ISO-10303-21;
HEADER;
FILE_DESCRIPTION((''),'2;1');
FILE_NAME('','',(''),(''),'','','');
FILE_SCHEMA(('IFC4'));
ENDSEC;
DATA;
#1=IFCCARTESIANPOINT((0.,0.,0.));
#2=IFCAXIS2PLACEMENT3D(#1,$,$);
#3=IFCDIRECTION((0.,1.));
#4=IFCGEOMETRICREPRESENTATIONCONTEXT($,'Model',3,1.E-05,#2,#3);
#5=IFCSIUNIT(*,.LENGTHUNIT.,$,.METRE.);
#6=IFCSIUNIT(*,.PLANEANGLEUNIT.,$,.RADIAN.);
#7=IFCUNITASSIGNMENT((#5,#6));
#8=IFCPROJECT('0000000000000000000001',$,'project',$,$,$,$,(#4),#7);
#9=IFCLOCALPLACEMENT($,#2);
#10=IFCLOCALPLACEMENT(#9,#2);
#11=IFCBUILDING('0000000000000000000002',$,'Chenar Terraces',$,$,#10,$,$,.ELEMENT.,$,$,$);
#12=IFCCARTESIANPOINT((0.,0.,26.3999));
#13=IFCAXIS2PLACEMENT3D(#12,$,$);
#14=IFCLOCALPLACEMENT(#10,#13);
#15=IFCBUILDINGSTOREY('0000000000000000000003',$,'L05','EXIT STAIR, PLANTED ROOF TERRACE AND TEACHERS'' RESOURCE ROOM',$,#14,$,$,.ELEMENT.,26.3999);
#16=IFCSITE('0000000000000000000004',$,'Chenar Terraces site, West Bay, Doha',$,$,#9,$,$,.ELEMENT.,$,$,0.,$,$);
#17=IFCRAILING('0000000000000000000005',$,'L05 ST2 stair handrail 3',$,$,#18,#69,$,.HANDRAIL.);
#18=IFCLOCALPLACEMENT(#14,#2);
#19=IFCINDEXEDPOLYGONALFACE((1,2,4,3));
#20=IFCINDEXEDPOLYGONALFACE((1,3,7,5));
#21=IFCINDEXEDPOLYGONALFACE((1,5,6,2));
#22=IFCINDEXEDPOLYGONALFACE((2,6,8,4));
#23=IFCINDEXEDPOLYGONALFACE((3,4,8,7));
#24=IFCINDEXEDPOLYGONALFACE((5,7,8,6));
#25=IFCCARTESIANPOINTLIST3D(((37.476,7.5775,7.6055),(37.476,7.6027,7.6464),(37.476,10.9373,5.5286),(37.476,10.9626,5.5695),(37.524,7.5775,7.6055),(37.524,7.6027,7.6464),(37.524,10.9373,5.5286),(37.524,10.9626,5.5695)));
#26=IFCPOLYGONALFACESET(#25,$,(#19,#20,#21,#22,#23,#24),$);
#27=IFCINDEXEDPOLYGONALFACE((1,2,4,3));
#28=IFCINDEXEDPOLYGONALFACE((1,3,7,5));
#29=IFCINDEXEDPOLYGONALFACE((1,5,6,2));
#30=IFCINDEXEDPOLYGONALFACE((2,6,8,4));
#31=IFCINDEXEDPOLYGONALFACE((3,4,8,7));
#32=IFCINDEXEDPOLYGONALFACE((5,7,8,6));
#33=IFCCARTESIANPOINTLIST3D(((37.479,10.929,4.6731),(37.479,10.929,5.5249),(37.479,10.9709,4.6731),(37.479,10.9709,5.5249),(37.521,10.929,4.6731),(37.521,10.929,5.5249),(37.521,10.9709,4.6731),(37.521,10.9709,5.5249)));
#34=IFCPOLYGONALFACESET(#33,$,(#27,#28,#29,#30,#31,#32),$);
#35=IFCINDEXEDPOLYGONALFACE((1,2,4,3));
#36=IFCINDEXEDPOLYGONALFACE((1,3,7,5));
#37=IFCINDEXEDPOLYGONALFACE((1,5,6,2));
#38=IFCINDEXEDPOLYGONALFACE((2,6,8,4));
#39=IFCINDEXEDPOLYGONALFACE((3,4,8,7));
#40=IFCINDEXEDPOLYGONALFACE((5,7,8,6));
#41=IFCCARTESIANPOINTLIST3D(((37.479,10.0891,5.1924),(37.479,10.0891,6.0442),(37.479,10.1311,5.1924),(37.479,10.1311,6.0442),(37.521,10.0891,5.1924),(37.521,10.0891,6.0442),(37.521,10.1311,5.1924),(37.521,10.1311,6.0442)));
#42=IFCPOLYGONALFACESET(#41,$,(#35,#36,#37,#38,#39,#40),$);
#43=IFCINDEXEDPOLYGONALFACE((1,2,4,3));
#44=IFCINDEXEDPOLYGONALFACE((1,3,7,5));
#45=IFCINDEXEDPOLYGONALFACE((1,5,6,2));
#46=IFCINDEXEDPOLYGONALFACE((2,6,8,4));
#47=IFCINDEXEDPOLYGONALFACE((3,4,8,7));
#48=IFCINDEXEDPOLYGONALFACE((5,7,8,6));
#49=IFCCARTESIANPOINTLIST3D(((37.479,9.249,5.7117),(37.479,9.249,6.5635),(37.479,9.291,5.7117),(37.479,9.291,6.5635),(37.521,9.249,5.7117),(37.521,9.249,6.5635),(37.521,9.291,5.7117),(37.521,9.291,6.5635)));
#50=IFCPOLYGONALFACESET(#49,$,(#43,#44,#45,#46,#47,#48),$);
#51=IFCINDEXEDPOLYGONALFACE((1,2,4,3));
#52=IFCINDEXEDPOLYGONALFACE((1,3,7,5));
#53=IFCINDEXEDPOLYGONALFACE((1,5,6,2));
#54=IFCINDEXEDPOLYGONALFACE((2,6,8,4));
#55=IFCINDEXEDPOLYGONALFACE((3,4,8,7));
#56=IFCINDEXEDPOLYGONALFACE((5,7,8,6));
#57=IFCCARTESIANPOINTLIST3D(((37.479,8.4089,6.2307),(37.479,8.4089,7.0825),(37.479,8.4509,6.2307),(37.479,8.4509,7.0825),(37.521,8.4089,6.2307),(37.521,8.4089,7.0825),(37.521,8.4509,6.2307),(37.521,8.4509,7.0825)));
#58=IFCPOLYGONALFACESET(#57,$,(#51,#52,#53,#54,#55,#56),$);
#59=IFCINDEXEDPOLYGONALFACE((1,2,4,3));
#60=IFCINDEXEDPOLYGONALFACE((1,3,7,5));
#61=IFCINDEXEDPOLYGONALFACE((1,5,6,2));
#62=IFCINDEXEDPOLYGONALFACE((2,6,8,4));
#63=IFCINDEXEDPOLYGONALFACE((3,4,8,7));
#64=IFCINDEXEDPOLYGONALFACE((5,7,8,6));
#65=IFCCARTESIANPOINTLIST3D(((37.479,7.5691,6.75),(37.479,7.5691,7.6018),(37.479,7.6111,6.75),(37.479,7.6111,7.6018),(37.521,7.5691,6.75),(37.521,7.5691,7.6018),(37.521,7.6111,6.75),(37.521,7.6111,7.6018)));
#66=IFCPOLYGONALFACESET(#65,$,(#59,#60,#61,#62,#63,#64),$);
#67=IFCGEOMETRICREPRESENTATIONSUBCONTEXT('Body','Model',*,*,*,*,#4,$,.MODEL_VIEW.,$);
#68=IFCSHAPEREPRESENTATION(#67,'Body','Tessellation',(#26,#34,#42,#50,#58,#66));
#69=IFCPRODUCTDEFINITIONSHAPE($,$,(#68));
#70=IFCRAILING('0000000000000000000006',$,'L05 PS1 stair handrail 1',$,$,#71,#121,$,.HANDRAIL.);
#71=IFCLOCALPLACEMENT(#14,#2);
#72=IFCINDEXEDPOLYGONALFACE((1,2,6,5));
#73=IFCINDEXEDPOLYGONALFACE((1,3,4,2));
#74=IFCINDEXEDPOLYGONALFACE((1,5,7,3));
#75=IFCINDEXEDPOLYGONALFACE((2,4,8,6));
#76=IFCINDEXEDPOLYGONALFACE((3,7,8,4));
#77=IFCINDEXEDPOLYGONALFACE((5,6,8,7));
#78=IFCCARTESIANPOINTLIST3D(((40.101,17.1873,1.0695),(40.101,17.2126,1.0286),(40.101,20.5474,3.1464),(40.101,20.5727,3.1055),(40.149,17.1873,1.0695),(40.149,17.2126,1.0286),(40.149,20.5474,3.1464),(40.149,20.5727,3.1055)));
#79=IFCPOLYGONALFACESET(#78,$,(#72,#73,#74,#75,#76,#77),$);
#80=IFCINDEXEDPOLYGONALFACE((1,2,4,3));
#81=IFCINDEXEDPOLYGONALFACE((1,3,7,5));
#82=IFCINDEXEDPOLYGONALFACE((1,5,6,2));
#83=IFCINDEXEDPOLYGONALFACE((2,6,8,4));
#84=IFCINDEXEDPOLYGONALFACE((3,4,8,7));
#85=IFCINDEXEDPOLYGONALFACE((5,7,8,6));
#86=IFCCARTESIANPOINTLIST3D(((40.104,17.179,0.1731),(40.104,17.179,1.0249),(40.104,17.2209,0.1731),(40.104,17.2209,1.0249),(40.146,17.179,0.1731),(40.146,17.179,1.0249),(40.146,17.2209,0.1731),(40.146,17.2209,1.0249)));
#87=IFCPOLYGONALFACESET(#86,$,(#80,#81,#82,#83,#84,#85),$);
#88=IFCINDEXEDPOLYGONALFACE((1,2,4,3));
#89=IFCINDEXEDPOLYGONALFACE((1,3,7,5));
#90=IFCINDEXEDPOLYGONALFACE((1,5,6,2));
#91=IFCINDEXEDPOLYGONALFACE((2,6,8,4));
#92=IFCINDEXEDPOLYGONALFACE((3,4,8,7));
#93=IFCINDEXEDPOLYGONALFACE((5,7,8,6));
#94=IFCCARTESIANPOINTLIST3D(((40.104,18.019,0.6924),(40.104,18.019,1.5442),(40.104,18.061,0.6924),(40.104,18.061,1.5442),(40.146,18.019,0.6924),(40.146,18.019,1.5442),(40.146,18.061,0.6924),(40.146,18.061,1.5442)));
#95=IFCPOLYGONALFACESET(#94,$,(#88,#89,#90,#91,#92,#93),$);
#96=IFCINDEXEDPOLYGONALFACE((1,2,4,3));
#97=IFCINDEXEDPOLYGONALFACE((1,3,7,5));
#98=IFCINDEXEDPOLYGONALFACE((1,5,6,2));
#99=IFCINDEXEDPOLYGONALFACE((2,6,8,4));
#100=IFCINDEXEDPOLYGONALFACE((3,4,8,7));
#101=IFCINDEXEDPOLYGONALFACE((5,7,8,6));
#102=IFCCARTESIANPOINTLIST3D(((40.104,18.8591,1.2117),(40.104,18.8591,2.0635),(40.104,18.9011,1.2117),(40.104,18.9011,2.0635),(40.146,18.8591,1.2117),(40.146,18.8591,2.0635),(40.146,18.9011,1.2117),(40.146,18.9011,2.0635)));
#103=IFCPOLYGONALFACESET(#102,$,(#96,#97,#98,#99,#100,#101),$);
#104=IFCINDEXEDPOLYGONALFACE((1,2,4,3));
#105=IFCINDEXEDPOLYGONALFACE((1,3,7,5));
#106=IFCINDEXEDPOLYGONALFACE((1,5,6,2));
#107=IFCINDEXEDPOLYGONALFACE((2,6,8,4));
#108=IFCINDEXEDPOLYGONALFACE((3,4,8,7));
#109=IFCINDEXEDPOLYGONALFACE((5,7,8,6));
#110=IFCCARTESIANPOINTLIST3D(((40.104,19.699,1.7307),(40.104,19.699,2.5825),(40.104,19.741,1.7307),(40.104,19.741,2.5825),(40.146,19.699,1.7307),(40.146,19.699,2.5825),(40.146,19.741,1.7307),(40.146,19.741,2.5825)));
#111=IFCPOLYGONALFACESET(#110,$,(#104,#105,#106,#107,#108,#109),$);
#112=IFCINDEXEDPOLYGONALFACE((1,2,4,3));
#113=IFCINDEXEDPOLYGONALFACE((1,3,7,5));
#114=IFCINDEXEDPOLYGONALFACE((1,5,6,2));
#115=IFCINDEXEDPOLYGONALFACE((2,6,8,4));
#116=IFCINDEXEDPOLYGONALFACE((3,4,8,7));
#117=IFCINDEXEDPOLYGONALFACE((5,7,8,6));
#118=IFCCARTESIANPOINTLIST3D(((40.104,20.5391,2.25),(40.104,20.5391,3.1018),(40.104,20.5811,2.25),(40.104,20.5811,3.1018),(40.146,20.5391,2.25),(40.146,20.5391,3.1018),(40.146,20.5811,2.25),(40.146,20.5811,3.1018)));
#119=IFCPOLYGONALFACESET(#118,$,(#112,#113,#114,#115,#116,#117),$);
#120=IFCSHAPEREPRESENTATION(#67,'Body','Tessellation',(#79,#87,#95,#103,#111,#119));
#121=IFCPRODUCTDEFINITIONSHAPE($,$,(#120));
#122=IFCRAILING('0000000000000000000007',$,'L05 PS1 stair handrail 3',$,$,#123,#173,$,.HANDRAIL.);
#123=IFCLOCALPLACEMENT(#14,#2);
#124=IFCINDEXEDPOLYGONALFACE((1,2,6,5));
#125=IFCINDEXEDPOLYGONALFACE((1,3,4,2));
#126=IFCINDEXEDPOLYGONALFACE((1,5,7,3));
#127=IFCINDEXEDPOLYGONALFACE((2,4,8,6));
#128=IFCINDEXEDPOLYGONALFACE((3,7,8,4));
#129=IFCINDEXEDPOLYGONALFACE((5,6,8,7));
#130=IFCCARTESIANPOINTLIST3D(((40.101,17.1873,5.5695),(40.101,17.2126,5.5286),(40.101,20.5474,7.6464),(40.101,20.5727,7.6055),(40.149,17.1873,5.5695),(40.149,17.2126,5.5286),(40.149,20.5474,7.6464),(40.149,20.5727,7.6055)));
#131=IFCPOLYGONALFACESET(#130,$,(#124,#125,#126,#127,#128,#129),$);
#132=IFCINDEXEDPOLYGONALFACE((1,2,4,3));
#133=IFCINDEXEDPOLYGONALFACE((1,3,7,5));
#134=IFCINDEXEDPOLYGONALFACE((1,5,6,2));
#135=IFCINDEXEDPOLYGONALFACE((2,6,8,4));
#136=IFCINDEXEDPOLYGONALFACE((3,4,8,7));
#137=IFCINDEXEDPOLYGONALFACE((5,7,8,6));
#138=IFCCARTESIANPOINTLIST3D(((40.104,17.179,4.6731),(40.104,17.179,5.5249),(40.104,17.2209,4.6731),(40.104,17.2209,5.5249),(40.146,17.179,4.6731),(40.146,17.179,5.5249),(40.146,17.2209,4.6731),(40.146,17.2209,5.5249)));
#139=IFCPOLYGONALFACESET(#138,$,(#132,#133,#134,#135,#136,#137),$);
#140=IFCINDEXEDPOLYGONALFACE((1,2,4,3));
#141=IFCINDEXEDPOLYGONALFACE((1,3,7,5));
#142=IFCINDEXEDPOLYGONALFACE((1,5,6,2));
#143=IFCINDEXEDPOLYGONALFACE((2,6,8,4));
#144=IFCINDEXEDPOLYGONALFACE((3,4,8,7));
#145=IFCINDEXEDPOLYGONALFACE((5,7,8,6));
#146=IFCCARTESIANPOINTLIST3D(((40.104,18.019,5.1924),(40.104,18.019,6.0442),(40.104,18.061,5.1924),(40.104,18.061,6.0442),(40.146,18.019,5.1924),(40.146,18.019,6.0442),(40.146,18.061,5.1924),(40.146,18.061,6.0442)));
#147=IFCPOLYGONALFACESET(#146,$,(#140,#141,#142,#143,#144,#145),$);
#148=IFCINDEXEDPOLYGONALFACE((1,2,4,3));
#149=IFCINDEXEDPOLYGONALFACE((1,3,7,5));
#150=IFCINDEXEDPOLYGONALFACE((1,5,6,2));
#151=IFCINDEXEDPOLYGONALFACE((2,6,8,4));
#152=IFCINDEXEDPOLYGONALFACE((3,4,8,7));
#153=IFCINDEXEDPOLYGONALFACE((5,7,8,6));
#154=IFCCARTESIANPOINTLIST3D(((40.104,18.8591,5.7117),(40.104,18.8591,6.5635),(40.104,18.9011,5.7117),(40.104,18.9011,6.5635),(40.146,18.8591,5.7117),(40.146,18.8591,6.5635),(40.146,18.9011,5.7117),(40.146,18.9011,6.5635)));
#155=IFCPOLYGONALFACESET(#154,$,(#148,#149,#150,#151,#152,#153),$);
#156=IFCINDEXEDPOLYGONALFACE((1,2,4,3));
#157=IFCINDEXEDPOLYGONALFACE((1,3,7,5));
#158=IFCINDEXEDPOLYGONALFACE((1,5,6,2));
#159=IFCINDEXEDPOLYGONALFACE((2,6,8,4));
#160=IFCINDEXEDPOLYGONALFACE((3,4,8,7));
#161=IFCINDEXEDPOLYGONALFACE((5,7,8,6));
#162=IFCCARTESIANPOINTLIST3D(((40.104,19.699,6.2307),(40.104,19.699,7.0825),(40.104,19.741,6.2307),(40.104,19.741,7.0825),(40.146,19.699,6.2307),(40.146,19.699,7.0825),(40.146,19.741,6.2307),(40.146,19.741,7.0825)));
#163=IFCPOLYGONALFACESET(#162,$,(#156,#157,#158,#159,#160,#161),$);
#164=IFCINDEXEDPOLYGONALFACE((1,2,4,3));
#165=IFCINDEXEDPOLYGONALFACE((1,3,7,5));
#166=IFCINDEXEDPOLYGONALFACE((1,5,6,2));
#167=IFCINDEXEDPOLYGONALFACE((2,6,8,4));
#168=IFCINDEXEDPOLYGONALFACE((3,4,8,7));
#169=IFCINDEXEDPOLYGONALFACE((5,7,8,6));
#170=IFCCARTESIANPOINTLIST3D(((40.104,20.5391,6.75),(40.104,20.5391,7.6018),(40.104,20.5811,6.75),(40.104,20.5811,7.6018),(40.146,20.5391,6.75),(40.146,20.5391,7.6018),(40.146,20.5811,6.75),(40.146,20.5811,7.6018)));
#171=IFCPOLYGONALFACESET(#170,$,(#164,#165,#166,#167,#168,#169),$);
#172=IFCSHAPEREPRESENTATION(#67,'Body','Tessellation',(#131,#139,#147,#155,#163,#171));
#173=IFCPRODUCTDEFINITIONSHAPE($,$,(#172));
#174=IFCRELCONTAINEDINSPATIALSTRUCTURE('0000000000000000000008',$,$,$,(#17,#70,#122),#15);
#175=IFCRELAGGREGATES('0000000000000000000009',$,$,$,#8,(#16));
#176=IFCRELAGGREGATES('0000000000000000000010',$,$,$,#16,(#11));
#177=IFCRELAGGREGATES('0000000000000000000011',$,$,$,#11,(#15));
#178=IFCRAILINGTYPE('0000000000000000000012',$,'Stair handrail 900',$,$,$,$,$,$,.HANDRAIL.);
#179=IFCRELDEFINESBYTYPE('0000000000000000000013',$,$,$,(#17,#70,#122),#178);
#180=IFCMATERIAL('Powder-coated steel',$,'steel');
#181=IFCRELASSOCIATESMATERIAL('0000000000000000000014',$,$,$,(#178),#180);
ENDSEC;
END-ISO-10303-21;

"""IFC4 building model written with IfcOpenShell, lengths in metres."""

from ifc_helpers import new_model, si_unit, direction, frame, origin, origin_2d, place, context, subcontext, project, spatial, rectangle, extrude, material, type_object, element, save


model = new_model("IFC4")

# Units and contexts
model_context = context("Model", 3, precision=1e-05, world=origin(), true_north=direction((0.0, 1.0)))
body_context = subcontext(model_context, "Body", "Model", "MODEL_VIEW")
ifc_project = project(units=[si_unit("LENGTHUNIT", "METRE"), si_unit("PLANEANGLEUNIT", "RADIAN")], contexts=[model_context])

# Site, building, storey
site_placement = place(None, origin())
site = spatial("IfcSite", under=ifc_project, at=site_placement, Name="Chenar Terraces site, West Bay, Doha", CompositionType="ELEMENT", RefElevation=0.0)
building_placement = place(site_placement, origin())
building = spatial("IfcBuilding", under=site, at=building_placement, Name="Chenar Terraces", CompositionType="ELEMENT")
storey_placement = place(building_placement, frame((0.0, 0.0, 26.3999)))
storey = spatial("IfcBuildingStorey", under=building, at=storey_placement, Name="L05", Description="EXIT STAIR, PLANTED ROOF TERRACE AND TEACHERS' RESOURCE ROOM", CompositionType="ELEMENT", Elevation=26.3999)

# Railings
ifc_material_1 = material(Name="Powder-coated steel", Category="steel")
railing_type_1 = type_object("IfcRailingType", Name="Stair handrail 900", PredefinedType="HANDRAIL", material=ifc_material_1)
for number, where, name in (
    (1, (37.5, 10.95, 4.6731), "L05 ST2 stair handrail 3"),
):
    element("IfcRailing", number, at=place(storey_placement, frame(where)), inside=storey, type_object=railing_type_1, Name=name, PredefinedType="HANDRAIL", context=body_context, shape_type="SweptSolid", body=[
        extrude(rectangle(XDim=0.0481, YDim=0.0481, at=origin_2d()), frame((0.0, 0.0, 0.876), z_axis=(0.0, -0.850606, 0.525803), x_axis=(1.0, 0.0, 0.0)), (0.0, 0.0, 1.0), 3.95),
        extrude(rectangle(XDim=0.042, YDim=0.042, at=origin_2d()), origin(), (0.0, 0.0, 1.0), 0.8518),
        extrude(rectangle(XDim=0.042, YDim=0.042, at=origin_2d()), frame((0.0, -0.8398, 0.5193)), (0.0, 0.0, 1.0), 0.8518),
        extrude(rectangle(XDim=0.042, YDim=0.042, at=origin_2d()), frame((0.0, -1.6799, 1.0386)), (0.0, 0.0, 1.0), 0.8518),
        extrude(rectangle(XDim=0.042, YDim=0.042, at=origin_2d()), frame((0.0, -2.52, 1.5576)), (0.0, 0.0, 1.0), 0.8518),
        extrude(rectangle(XDim=0.042, YDim=0.042, at=origin_2d()), frame((0.0, -3.3599, 2.0769)), (0.0, 0.0, 1.0), 0.8518),
    ])
for number, where, name in (
    (2, (40.125, 17.2, 0.1731), "L05 PS1 stair handrail 1"),
    (3, (40.125, 17.2, 4.6731), "L05 PS1 stair handrail 3"),
):
    element("IfcRailing", number, at=place(storey_placement, frame(where)), inside=storey, type_object=railing_type_1, Name=name, PredefinedType="HANDRAIL", context=body_context, shape_type="SweptSolid", body=[
        extrude(rectangle(XDim=0.0481, YDim=0.0481, at=origin_2d()), frame((0.0, 0.0, 0.876), z_axis=(0.0, 0.850623, 0.525776), x_axis=(-1.0, 0.0, 0.0)), (0.0, 0.0, 1.0), 3.9502),
        extrude(rectangle(XDim=0.042, YDim=0.042, at=origin_2d()), origin(), (0.0, 0.0, 1.0), 0.8518),
        extrude(rectangle(XDim=0.042, YDim=0.042, at=origin_2d()), frame((0.0, 0.8401, 0.5193)), (0.0, 0.0, 1.0), 0.8518),
        extrude(rectangle(XDim=0.042, YDim=0.042, at=origin_2d()), frame((0.0, 1.6802, 1.0386)), (0.0, 0.0, 1.0), 0.8518),
        extrude(rectangle(XDim=0.042, YDim=0.042, at=origin_2d()), frame((0.0, 2.52, 1.5576)), (0.0, 0.0, 1.0), 0.8518),
        extrude(rectangle(XDim=0.042, YDim=0.042, at=origin_2d()), frame((0.0, 3.3601, 2.0769)), (0.0, 0.0, 1.0), 0.8518),
    ])

save(model, "model.ifc")
